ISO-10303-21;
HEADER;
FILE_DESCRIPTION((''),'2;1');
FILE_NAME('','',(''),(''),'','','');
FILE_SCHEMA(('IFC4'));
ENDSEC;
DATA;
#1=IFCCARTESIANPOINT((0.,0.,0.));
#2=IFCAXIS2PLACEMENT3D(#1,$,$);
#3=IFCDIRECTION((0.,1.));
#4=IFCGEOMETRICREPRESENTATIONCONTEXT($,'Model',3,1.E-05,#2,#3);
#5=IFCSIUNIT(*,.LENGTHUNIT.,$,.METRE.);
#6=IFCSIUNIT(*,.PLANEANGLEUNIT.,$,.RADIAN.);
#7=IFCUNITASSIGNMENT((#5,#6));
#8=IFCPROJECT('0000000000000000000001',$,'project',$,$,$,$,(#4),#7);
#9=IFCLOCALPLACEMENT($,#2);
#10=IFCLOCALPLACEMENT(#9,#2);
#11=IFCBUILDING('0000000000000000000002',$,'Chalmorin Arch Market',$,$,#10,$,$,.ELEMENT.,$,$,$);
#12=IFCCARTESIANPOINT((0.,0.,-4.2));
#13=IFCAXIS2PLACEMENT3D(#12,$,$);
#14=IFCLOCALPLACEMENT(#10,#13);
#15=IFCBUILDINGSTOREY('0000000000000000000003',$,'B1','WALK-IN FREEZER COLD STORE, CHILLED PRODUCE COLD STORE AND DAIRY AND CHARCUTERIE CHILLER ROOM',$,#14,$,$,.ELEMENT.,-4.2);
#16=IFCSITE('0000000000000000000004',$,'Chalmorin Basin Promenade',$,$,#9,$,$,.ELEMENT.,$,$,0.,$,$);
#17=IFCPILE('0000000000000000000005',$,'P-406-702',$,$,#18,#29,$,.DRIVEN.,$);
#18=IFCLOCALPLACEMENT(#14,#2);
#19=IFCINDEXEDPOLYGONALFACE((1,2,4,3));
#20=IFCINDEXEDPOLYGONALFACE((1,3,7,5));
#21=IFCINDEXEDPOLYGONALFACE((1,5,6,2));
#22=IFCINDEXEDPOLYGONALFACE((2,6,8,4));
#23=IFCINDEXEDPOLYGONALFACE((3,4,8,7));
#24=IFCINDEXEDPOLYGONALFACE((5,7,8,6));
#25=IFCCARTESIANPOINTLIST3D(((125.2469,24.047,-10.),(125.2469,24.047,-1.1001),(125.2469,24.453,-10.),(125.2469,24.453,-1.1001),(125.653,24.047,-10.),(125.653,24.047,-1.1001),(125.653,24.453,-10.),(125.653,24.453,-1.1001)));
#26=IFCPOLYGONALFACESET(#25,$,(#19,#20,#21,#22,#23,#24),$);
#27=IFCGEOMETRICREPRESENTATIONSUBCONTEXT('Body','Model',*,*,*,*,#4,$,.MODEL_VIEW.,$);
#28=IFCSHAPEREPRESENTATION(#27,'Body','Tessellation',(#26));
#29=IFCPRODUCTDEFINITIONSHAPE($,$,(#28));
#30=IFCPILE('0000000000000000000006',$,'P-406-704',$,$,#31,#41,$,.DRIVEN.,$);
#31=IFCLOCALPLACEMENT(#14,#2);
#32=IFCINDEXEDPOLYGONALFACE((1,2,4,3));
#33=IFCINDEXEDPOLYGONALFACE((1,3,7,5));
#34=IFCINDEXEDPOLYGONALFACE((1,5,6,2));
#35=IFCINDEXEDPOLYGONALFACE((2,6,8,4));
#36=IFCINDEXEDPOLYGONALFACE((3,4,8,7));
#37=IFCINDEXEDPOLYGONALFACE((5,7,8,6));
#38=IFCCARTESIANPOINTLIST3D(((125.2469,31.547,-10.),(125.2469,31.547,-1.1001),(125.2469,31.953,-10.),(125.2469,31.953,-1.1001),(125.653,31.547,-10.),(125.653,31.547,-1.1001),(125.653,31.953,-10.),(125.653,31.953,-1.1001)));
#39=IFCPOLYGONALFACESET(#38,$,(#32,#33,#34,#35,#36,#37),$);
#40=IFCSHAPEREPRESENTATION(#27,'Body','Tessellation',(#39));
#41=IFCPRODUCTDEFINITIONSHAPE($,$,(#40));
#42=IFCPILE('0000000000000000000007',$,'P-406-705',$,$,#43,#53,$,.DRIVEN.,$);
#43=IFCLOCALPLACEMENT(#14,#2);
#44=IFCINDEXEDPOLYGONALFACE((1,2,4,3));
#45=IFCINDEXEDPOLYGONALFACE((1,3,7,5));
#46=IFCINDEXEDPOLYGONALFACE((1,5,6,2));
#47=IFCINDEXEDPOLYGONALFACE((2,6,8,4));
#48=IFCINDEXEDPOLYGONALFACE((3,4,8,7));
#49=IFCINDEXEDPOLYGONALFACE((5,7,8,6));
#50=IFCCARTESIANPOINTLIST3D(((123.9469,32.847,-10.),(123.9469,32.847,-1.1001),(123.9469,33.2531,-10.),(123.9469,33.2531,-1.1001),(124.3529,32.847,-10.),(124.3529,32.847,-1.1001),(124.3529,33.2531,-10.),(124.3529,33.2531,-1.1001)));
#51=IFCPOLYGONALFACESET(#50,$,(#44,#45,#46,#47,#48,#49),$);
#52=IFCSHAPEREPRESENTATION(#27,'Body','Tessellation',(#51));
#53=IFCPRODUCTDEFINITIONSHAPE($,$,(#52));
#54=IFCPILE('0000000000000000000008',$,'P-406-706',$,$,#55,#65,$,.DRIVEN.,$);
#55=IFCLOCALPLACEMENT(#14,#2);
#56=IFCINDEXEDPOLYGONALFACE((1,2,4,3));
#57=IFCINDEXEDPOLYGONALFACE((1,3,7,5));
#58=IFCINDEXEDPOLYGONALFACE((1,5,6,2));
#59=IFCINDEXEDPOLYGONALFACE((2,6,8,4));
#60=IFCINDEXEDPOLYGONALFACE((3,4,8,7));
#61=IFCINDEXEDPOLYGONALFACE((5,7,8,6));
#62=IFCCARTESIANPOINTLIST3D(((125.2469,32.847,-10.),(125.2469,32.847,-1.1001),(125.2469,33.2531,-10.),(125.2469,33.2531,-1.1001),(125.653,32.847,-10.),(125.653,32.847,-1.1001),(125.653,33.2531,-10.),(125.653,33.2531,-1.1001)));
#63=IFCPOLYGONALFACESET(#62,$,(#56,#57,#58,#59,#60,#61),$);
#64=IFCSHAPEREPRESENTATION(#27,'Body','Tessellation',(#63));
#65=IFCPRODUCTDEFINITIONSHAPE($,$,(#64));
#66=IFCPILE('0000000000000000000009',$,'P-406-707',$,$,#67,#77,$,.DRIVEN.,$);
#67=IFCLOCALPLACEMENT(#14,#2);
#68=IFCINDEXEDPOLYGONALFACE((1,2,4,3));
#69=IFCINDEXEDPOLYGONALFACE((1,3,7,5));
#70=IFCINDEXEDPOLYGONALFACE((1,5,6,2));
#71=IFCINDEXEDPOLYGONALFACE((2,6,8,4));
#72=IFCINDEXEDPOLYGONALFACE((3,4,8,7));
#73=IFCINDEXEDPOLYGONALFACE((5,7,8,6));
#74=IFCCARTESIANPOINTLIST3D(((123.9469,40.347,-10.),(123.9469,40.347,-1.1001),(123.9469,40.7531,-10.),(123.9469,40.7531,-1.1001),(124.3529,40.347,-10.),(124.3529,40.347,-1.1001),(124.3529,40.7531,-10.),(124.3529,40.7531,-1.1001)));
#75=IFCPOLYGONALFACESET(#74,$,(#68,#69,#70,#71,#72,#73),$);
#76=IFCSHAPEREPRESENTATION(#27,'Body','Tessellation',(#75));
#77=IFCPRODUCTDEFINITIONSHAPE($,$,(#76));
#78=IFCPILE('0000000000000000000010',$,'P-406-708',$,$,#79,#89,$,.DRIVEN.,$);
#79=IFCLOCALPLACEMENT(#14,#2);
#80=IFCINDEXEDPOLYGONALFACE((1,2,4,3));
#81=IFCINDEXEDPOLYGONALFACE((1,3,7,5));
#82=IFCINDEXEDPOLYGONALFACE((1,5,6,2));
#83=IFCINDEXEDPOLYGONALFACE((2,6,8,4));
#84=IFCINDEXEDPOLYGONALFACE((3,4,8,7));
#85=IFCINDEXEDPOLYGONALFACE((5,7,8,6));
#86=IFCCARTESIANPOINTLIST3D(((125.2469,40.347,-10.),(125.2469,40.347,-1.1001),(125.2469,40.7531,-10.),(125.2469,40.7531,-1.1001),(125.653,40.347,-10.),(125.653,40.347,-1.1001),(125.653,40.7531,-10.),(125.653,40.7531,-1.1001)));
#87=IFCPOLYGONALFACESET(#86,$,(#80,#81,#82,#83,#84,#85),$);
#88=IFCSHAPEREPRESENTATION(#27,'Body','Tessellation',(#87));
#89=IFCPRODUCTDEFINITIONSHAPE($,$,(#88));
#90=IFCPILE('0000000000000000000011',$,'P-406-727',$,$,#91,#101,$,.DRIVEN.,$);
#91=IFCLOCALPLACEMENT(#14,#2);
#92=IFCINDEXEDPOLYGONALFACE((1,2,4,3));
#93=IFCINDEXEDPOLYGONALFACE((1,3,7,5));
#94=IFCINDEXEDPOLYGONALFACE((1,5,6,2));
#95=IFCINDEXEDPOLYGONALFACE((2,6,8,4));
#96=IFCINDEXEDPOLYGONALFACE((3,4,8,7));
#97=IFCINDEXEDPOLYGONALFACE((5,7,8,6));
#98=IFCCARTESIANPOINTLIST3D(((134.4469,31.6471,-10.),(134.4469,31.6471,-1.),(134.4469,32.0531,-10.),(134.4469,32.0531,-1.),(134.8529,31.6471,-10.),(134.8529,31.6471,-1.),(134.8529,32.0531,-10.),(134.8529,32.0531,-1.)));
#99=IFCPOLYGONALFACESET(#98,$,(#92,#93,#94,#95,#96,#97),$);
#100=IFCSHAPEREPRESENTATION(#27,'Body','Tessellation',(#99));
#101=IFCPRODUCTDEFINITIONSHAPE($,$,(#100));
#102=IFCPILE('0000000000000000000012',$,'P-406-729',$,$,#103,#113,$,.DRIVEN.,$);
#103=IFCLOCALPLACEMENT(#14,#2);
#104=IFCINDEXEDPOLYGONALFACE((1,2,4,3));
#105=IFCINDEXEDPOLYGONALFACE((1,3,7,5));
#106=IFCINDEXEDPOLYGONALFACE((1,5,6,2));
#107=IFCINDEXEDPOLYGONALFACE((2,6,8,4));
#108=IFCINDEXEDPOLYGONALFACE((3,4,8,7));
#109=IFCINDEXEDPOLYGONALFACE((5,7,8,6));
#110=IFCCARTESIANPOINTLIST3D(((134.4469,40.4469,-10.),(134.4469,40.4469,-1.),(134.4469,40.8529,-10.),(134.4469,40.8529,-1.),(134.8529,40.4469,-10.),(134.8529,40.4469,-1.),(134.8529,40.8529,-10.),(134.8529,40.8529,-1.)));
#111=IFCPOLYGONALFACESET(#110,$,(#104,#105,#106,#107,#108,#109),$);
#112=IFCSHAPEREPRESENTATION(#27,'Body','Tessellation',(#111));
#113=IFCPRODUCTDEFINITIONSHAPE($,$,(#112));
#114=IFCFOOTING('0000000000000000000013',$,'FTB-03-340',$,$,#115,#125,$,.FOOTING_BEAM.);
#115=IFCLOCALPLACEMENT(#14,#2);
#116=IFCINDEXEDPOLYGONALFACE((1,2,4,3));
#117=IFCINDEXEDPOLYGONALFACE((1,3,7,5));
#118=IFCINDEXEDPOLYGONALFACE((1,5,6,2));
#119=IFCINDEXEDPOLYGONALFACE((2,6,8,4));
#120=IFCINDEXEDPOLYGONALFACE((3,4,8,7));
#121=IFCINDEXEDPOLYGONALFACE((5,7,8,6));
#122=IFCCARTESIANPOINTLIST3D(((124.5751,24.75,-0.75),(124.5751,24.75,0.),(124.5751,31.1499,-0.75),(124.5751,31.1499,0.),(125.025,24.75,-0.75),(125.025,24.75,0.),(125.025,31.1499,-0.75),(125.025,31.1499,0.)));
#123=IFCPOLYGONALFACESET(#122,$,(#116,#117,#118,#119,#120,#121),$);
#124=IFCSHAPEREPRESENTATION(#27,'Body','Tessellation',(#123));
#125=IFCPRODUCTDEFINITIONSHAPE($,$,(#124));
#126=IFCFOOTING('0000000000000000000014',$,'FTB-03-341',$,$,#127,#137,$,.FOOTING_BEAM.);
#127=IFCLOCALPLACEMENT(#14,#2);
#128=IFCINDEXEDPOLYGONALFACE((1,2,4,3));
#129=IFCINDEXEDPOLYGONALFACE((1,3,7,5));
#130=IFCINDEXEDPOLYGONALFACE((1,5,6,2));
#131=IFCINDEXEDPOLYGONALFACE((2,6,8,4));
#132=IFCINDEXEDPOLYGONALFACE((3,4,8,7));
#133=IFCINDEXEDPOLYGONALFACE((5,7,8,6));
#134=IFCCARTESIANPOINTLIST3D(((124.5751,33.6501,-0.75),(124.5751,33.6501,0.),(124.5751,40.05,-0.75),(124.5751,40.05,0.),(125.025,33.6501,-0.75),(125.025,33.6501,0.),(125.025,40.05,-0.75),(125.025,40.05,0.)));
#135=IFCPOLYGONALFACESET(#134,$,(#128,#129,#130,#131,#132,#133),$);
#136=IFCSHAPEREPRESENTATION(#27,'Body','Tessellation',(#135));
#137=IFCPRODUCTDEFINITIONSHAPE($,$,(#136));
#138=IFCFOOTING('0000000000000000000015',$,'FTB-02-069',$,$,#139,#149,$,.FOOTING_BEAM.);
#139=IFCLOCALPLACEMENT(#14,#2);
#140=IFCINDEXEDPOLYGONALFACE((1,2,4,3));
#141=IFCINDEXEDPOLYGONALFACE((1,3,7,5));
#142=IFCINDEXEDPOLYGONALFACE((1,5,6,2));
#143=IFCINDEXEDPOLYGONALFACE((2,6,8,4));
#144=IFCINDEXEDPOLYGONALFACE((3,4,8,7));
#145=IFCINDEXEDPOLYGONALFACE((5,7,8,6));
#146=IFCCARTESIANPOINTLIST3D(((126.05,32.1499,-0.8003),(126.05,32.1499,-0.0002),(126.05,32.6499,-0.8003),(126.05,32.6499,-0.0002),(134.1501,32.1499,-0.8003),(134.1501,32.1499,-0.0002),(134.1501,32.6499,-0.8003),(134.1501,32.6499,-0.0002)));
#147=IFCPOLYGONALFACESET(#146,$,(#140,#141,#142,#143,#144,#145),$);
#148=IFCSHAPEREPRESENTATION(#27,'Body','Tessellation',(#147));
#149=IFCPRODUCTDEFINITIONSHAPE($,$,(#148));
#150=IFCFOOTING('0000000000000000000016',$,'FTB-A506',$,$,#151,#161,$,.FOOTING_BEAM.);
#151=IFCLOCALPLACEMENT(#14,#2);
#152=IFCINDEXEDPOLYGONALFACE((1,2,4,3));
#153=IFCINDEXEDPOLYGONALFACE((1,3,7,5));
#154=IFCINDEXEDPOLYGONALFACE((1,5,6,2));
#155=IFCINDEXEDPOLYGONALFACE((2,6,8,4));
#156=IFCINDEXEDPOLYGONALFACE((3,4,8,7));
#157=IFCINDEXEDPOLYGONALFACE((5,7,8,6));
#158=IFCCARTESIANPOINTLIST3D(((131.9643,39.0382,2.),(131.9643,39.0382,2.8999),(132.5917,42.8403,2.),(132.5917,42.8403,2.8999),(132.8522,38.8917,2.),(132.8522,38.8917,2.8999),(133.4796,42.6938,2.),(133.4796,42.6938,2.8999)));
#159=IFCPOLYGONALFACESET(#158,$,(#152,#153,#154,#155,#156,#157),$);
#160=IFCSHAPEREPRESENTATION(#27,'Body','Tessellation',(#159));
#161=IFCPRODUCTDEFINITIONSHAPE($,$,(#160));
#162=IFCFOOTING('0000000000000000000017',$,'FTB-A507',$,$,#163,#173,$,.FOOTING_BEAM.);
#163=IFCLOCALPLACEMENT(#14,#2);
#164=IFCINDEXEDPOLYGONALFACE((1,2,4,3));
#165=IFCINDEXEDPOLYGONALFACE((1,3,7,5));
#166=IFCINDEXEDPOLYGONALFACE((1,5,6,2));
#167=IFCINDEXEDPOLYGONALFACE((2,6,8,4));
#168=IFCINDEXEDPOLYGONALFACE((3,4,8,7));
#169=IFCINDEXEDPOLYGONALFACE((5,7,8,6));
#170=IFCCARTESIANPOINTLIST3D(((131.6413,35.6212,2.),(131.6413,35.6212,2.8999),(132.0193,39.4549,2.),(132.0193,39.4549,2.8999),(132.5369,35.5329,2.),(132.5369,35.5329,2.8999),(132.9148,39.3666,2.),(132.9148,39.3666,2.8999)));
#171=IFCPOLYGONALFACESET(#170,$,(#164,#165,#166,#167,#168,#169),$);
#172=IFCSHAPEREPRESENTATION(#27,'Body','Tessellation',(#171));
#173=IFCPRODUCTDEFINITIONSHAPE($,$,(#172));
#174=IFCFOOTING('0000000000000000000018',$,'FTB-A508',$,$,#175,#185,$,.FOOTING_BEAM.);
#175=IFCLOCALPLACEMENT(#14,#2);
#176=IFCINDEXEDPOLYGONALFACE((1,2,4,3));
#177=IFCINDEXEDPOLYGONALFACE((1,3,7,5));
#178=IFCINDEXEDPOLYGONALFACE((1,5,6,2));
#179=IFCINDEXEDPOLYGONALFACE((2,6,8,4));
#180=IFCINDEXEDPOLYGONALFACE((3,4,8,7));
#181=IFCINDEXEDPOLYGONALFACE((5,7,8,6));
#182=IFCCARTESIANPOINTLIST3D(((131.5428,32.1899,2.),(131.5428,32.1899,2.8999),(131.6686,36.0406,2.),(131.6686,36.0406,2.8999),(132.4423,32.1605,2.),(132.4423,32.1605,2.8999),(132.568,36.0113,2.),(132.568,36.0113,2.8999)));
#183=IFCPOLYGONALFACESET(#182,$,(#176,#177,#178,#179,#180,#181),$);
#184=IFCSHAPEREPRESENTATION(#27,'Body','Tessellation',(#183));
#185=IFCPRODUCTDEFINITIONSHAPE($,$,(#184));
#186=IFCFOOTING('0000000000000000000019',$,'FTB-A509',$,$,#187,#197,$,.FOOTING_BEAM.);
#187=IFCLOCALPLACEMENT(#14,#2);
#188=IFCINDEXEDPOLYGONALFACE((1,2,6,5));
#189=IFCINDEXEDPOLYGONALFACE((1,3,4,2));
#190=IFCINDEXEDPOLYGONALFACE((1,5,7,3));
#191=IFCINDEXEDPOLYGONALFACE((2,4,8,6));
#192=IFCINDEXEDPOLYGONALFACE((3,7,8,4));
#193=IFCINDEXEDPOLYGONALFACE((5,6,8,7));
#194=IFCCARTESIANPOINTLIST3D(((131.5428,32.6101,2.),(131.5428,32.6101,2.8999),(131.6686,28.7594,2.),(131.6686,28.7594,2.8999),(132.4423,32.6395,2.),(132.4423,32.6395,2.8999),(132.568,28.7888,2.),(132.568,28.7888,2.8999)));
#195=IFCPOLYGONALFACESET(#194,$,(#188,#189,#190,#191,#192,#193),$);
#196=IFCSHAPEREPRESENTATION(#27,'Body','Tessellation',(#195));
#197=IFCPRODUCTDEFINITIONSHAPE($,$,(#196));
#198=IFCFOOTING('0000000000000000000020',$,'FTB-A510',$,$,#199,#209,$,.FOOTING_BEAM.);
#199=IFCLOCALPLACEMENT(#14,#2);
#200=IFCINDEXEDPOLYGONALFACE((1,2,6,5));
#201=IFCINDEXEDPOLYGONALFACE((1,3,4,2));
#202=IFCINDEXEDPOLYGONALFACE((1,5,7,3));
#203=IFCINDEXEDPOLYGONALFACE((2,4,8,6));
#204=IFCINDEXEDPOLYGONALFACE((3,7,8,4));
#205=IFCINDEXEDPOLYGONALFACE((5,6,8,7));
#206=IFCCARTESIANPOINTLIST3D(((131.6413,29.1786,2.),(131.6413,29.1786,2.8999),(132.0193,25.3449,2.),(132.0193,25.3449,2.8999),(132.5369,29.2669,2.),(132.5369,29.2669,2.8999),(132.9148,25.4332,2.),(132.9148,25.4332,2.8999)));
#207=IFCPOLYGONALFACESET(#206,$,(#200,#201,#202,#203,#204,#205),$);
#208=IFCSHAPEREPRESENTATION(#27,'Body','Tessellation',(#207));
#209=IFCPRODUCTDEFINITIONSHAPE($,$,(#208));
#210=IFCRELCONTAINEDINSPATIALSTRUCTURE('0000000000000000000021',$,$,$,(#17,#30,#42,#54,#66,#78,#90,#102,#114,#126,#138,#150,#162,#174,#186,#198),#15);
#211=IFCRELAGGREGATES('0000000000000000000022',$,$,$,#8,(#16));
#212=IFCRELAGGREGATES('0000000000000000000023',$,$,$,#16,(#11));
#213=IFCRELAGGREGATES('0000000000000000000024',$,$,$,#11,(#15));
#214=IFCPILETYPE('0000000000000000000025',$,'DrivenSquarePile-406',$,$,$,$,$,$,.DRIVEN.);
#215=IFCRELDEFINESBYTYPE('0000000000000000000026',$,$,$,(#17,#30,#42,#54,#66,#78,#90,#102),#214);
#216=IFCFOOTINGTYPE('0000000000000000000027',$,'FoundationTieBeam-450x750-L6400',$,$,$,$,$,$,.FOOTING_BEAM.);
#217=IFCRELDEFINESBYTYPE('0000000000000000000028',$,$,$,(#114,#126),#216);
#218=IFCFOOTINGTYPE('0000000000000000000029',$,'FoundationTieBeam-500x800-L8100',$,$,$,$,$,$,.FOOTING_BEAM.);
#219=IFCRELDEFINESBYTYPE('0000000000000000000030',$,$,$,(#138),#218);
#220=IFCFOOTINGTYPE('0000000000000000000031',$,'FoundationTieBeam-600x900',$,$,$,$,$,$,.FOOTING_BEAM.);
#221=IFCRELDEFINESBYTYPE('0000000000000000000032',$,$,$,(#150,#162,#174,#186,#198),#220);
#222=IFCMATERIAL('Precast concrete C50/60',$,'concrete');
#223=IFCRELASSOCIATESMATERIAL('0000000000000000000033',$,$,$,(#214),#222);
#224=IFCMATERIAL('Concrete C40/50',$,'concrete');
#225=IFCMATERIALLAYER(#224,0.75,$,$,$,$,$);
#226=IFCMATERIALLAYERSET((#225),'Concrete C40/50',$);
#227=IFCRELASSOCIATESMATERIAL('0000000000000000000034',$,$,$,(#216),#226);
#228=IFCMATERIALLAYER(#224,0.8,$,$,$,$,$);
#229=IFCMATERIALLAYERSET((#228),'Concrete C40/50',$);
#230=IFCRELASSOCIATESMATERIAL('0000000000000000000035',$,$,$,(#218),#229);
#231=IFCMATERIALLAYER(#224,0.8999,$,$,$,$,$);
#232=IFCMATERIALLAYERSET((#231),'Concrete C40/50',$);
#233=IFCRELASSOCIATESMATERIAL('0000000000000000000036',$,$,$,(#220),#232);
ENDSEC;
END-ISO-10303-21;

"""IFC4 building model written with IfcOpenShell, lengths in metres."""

from ifc_helpers import new_model, si_unit, direction, frame, origin, origin_2d, place, context, subcontext, project, spatial, rectangle, extrude, material, layer, layer_set, material_profile, profile_set, type_object, element, save


model = new_model("IFC4")

# Units and contexts
model_context = context("Model", 3, precision=1e-05, world=origin(), true_north=direction((0.0, 1.0)))
body_context = subcontext(model_context, "Body", "Model", "MODEL_VIEW")
ifc_project = project(units=[si_unit("LENGTHUNIT", "METRE"), si_unit("PLANEANGLEUNIT", "RADIAN")], contexts=[model_context])

# Site, building, storey
site_placement = place(None, origin())
site = spatial("IfcSite", under=ifc_project, at=site_placement, Name="Chalmorin Basin Promenade", CompositionType="ELEMENT", RefElevation=0.0)
building_placement = place(site_placement, origin())
building = spatial("IfcBuilding", under=site, at=building_placement, Name="Chalmorin Arch Market", CompositionType="ELEMENT")
storey_placement = place(building_placement, frame((0.0, 0.0, -4.2)))
storey = spatial("IfcBuildingStorey", under=building, at=storey_placement, Name="B1", Description="WALK-IN FREEZER COLD STORE, CHILLED PRODUCE COLD STORE AND DAIRY AND CHARCUTERIE CHILLER ROOM", CompositionType="ELEMENT", Elevation=-4.2)

# Piles
ifc_material_1 = material(Name="Precast concrete C50/60", Category="concrete")
ifc_material_profile_1 = material_profile(ifc_material_1, rectangle(XDim=0.406, YDim=0.406, at=origin_2d()), Name="PPC406")
ifc_profile_set_1 = profile_set([ifc_material_profile_1], Name="Precast concrete C50/60")
pile_type = type_object("IfcPileType", Name="DrivenSquarePile-406", PredefinedType="DRIVEN", material=ifc_profile_set_1)
for number, where, z_axis, x_axis, name in (
    (1, (125.45, 24.25, -1.1001), (0.0, 0.0, -1.0), (1.0, 0.0, 0.0), "P-406-702"),
    (2, (125.45, 31.75, -1.1001), (0.0, 0.0, -1.0), (1.0, 0.0, 0.0), "P-406-704"),
    (3, (124.1499, 33.05, -1.1001), (0.0, 0.0, -1.0), (1.0, 0.0, 0.0), "P-406-705"),
    (4, (125.45, 33.05, -1.1001), (0.0, 0.0, -1.0), (1.0, 0.0, 0.0), "P-406-706"),
    (5, (124.1499, 40.55, -1.1001), (0.0, 0.0, -1.0), (1.0, 0.0, 0.0), "P-406-707"),
    (6, (125.45, 40.55, -1.1001), (0.0, 0.0, -1.0), (1.0, 0.0, 0.0), "P-406-708"),
):
    element("IfcPile", number, at=place(storey_placement, frame(where, z_axis=z_axis, x_axis=x_axis)), inside=storey, type_object=pile_type, Name=name, PredefinedType="DRIVEN", context=body_context, shape_type="SweptSolid", body=[
        extrude(rectangle(XDim=0.406, YDim=0.406, at=origin_2d()), origin(), (0.0, 0.0, 1.0), 8.8999),
    ])
for number, where, z_axis, x_axis, name in (
    (7, (134.6499, 31.8501, -1.0), (0.0, 0.0, -1.0), (1.0, 0.0, 0.0), "P-406-727"),
    (8, (134.6499, 40.6499, -1.0), (0.0, 0.0, -1.0), (1.0, 0.0, 0.0), "P-406-729"),
):
    element("IfcPile", number, at=place(storey_placement, frame(where, z_axis=z_axis, x_axis=x_axis)), inside=storey, type_object=pile_type, Name=name, PredefinedType="DRIVEN", context=body_context, shape_type="SweptSolid", body=[
        extrude(rectangle(XDim=0.406, YDim=0.406, at=origin_2d()), origin(), (0.0, 0.0, 1.0), 9.0),
    ])

# Footings
ifc_material_2 = material(Name="Concrete C40/50", Category="concrete")
ifc_layer_1 = layer(ifc_material_2, 0.75)
ifc_layer_set_1 = layer_set([ifc_layer_1], Name="Concrete C40/50")
footing_type_1 = type_object("IfcFootingType", Name="FoundationTieBeam-450x750-L6400", PredefinedType="FOOTING_BEAM", material=ifc_layer_set_1)
for number, where, z_axis, x_axis, name in (
    (9, (124.8, 27.95, -0.75), (0.0, 0.0, 1.0), (0.0, 1.0, 0.0), "FTB-03-340"),
    (10, (124.8, 36.8501, -0.75), (0.0, 0.0, 1.0), (0.0, 1.0, 0.0), "FTB-03-341"),
):
    element("IfcFooting", number, at=place(storey_placement, frame(where, z_axis=z_axis, x_axis=x_axis)), inside=storey, type_object=footing_type_1, Name=name, PredefinedType="FOOTING_BEAM", context=body_context, shape_type="SweptSolid", body=[
        extrude(rectangle(XDim=6.3999, YDim=0.45, at=origin_2d()), origin(), (0.0, 0.0, 1.0), 0.75),
    ])
ifc_layer_2 = layer(ifc_material_2, 0.8)
ifc_layer_set_2 = layer_set([ifc_layer_2], Name="Concrete C40/50")
footing_type_2 = type_object("IfcFootingType", Name="FoundationTieBeam-500x800-L8100", PredefinedType="FOOTING_BEAM", material=ifc_layer_set_2)
footing_1_placement = place(storey_placement, frame((130.1001, 32.3999, -0.8003), z_axis=(0.0, 0.0, 1.0), x_axis=(1.0, 0.0, 0.0)))
element("IfcFooting", 11, at=footing_1_placement, inside=storey, type_object=footing_type_2, Name="FTB-02-069", PredefinedType="FOOTING_BEAM", context=body_context, shape_type="SweptSolid", body=[
    extrude(rectangle(XDim=8.1001, YDim=0.5, at=origin_2d()), origin(), (0.0, 0.0, 1.0), 0.8),
])
ifc_layer_3 = layer(ifc_material_2, 0.8999)
ifc_layer_set_3 = layer_set([ifc_layer_3], Name="Concrete C40/50")
footing_type_3 = type_object("IfcFootingType", Name="FoundationTieBeam-600x900", PredefinedType="FOOTING_BEAM", material=ifc_layer_set_3)
footing_2_placement = place(storey_placement, frame((132.7219, 40.866, 2.0), z_axis=(0.0, 0.0, 1.0), x_axis=(-0.162809, -0.986658, 0.0)))
element("IfcFooting", 12, at=footing_2_placement, inside=storey, type_object=footing_type_3, Name="FTB-A506", PredefinedType="FOOTING_BEAM", context=body_context, shape_type="SweptSolid", body=[
    extrude(rectangle(XDim=3.8535, YDim=0.8999, at=origin_2d()), origin(), (0.0, 0.0, 1.0), 0.8999),
])
footing_3_placement = place(storey_placement, frame((132.2781, 37.4939, 2.0), z_axis=(0.0, 0.0, 1.0), x_axis=(-0.098104, -0.995176, 0.0)))
element("IfcFooting", 13, at=footing_3_placement, inside=storey, type_object=footing_type_3, Name="FTB-A507", PredefinedType="FOOTING_BEAM", context=body_context, shape_type="SweptSolid", body=[
    extrude(rectangle(XDim=3.8523, YDim=0.8999, at=origin_2d()), origin(), (0.0, 0.0, 1.0), 0.8999),
])
for number, where, z_axis, x_axis, name in (
    (14, (132.0554, 34.1006, 2.0), (0.0, 0.0, 1.0), (-0.032632, -0.999467, 0.0), "FTB-A508"),
    (15, (132.0554, 30.6995, 2.0), (0.0, 0.0, 1.0), (0.032632, -0.999467, 0.0), "FTB-A509"),
):
    element("IfcFooting", number, at=place(storey_placement, frame(where, z_axis=z_axis, x_axis=x_axis)), inside=storey, type_object=footing_type_3, Name=name, PredefinedType="FOOTING_BEAM", context=body_context, shape_type="SweptSolid", body=[
        extrude(rectangle(XDim=3.8528, YDim=0.8999, at=origin_2d()), origin(), (0.0, 0.0, 1.0), 0.8999),
    ])
footing_4_placement = place(storey_placement, frame((132.2781, 27.3059, 2.0), z_axis=(0.0, 0.0, 1.0), x_axis=(0.098104, -0.995176, 0.0)))
element("IfcFooting", 16, at=footing_4_placement, inside=storey, type_object=footing_type_3, Name="FTB-A510", PredefinedType="FOOTING_BEAM", context=body_context, shape_type="SweptSolid", body=[
    extrude(rectangle(XDim=3.8523, YDim=0.8999, at=origin_2d()), origin(), (0.0, 0.0, 1.0), 0.8999),
])

save(model, "model.ifc")
